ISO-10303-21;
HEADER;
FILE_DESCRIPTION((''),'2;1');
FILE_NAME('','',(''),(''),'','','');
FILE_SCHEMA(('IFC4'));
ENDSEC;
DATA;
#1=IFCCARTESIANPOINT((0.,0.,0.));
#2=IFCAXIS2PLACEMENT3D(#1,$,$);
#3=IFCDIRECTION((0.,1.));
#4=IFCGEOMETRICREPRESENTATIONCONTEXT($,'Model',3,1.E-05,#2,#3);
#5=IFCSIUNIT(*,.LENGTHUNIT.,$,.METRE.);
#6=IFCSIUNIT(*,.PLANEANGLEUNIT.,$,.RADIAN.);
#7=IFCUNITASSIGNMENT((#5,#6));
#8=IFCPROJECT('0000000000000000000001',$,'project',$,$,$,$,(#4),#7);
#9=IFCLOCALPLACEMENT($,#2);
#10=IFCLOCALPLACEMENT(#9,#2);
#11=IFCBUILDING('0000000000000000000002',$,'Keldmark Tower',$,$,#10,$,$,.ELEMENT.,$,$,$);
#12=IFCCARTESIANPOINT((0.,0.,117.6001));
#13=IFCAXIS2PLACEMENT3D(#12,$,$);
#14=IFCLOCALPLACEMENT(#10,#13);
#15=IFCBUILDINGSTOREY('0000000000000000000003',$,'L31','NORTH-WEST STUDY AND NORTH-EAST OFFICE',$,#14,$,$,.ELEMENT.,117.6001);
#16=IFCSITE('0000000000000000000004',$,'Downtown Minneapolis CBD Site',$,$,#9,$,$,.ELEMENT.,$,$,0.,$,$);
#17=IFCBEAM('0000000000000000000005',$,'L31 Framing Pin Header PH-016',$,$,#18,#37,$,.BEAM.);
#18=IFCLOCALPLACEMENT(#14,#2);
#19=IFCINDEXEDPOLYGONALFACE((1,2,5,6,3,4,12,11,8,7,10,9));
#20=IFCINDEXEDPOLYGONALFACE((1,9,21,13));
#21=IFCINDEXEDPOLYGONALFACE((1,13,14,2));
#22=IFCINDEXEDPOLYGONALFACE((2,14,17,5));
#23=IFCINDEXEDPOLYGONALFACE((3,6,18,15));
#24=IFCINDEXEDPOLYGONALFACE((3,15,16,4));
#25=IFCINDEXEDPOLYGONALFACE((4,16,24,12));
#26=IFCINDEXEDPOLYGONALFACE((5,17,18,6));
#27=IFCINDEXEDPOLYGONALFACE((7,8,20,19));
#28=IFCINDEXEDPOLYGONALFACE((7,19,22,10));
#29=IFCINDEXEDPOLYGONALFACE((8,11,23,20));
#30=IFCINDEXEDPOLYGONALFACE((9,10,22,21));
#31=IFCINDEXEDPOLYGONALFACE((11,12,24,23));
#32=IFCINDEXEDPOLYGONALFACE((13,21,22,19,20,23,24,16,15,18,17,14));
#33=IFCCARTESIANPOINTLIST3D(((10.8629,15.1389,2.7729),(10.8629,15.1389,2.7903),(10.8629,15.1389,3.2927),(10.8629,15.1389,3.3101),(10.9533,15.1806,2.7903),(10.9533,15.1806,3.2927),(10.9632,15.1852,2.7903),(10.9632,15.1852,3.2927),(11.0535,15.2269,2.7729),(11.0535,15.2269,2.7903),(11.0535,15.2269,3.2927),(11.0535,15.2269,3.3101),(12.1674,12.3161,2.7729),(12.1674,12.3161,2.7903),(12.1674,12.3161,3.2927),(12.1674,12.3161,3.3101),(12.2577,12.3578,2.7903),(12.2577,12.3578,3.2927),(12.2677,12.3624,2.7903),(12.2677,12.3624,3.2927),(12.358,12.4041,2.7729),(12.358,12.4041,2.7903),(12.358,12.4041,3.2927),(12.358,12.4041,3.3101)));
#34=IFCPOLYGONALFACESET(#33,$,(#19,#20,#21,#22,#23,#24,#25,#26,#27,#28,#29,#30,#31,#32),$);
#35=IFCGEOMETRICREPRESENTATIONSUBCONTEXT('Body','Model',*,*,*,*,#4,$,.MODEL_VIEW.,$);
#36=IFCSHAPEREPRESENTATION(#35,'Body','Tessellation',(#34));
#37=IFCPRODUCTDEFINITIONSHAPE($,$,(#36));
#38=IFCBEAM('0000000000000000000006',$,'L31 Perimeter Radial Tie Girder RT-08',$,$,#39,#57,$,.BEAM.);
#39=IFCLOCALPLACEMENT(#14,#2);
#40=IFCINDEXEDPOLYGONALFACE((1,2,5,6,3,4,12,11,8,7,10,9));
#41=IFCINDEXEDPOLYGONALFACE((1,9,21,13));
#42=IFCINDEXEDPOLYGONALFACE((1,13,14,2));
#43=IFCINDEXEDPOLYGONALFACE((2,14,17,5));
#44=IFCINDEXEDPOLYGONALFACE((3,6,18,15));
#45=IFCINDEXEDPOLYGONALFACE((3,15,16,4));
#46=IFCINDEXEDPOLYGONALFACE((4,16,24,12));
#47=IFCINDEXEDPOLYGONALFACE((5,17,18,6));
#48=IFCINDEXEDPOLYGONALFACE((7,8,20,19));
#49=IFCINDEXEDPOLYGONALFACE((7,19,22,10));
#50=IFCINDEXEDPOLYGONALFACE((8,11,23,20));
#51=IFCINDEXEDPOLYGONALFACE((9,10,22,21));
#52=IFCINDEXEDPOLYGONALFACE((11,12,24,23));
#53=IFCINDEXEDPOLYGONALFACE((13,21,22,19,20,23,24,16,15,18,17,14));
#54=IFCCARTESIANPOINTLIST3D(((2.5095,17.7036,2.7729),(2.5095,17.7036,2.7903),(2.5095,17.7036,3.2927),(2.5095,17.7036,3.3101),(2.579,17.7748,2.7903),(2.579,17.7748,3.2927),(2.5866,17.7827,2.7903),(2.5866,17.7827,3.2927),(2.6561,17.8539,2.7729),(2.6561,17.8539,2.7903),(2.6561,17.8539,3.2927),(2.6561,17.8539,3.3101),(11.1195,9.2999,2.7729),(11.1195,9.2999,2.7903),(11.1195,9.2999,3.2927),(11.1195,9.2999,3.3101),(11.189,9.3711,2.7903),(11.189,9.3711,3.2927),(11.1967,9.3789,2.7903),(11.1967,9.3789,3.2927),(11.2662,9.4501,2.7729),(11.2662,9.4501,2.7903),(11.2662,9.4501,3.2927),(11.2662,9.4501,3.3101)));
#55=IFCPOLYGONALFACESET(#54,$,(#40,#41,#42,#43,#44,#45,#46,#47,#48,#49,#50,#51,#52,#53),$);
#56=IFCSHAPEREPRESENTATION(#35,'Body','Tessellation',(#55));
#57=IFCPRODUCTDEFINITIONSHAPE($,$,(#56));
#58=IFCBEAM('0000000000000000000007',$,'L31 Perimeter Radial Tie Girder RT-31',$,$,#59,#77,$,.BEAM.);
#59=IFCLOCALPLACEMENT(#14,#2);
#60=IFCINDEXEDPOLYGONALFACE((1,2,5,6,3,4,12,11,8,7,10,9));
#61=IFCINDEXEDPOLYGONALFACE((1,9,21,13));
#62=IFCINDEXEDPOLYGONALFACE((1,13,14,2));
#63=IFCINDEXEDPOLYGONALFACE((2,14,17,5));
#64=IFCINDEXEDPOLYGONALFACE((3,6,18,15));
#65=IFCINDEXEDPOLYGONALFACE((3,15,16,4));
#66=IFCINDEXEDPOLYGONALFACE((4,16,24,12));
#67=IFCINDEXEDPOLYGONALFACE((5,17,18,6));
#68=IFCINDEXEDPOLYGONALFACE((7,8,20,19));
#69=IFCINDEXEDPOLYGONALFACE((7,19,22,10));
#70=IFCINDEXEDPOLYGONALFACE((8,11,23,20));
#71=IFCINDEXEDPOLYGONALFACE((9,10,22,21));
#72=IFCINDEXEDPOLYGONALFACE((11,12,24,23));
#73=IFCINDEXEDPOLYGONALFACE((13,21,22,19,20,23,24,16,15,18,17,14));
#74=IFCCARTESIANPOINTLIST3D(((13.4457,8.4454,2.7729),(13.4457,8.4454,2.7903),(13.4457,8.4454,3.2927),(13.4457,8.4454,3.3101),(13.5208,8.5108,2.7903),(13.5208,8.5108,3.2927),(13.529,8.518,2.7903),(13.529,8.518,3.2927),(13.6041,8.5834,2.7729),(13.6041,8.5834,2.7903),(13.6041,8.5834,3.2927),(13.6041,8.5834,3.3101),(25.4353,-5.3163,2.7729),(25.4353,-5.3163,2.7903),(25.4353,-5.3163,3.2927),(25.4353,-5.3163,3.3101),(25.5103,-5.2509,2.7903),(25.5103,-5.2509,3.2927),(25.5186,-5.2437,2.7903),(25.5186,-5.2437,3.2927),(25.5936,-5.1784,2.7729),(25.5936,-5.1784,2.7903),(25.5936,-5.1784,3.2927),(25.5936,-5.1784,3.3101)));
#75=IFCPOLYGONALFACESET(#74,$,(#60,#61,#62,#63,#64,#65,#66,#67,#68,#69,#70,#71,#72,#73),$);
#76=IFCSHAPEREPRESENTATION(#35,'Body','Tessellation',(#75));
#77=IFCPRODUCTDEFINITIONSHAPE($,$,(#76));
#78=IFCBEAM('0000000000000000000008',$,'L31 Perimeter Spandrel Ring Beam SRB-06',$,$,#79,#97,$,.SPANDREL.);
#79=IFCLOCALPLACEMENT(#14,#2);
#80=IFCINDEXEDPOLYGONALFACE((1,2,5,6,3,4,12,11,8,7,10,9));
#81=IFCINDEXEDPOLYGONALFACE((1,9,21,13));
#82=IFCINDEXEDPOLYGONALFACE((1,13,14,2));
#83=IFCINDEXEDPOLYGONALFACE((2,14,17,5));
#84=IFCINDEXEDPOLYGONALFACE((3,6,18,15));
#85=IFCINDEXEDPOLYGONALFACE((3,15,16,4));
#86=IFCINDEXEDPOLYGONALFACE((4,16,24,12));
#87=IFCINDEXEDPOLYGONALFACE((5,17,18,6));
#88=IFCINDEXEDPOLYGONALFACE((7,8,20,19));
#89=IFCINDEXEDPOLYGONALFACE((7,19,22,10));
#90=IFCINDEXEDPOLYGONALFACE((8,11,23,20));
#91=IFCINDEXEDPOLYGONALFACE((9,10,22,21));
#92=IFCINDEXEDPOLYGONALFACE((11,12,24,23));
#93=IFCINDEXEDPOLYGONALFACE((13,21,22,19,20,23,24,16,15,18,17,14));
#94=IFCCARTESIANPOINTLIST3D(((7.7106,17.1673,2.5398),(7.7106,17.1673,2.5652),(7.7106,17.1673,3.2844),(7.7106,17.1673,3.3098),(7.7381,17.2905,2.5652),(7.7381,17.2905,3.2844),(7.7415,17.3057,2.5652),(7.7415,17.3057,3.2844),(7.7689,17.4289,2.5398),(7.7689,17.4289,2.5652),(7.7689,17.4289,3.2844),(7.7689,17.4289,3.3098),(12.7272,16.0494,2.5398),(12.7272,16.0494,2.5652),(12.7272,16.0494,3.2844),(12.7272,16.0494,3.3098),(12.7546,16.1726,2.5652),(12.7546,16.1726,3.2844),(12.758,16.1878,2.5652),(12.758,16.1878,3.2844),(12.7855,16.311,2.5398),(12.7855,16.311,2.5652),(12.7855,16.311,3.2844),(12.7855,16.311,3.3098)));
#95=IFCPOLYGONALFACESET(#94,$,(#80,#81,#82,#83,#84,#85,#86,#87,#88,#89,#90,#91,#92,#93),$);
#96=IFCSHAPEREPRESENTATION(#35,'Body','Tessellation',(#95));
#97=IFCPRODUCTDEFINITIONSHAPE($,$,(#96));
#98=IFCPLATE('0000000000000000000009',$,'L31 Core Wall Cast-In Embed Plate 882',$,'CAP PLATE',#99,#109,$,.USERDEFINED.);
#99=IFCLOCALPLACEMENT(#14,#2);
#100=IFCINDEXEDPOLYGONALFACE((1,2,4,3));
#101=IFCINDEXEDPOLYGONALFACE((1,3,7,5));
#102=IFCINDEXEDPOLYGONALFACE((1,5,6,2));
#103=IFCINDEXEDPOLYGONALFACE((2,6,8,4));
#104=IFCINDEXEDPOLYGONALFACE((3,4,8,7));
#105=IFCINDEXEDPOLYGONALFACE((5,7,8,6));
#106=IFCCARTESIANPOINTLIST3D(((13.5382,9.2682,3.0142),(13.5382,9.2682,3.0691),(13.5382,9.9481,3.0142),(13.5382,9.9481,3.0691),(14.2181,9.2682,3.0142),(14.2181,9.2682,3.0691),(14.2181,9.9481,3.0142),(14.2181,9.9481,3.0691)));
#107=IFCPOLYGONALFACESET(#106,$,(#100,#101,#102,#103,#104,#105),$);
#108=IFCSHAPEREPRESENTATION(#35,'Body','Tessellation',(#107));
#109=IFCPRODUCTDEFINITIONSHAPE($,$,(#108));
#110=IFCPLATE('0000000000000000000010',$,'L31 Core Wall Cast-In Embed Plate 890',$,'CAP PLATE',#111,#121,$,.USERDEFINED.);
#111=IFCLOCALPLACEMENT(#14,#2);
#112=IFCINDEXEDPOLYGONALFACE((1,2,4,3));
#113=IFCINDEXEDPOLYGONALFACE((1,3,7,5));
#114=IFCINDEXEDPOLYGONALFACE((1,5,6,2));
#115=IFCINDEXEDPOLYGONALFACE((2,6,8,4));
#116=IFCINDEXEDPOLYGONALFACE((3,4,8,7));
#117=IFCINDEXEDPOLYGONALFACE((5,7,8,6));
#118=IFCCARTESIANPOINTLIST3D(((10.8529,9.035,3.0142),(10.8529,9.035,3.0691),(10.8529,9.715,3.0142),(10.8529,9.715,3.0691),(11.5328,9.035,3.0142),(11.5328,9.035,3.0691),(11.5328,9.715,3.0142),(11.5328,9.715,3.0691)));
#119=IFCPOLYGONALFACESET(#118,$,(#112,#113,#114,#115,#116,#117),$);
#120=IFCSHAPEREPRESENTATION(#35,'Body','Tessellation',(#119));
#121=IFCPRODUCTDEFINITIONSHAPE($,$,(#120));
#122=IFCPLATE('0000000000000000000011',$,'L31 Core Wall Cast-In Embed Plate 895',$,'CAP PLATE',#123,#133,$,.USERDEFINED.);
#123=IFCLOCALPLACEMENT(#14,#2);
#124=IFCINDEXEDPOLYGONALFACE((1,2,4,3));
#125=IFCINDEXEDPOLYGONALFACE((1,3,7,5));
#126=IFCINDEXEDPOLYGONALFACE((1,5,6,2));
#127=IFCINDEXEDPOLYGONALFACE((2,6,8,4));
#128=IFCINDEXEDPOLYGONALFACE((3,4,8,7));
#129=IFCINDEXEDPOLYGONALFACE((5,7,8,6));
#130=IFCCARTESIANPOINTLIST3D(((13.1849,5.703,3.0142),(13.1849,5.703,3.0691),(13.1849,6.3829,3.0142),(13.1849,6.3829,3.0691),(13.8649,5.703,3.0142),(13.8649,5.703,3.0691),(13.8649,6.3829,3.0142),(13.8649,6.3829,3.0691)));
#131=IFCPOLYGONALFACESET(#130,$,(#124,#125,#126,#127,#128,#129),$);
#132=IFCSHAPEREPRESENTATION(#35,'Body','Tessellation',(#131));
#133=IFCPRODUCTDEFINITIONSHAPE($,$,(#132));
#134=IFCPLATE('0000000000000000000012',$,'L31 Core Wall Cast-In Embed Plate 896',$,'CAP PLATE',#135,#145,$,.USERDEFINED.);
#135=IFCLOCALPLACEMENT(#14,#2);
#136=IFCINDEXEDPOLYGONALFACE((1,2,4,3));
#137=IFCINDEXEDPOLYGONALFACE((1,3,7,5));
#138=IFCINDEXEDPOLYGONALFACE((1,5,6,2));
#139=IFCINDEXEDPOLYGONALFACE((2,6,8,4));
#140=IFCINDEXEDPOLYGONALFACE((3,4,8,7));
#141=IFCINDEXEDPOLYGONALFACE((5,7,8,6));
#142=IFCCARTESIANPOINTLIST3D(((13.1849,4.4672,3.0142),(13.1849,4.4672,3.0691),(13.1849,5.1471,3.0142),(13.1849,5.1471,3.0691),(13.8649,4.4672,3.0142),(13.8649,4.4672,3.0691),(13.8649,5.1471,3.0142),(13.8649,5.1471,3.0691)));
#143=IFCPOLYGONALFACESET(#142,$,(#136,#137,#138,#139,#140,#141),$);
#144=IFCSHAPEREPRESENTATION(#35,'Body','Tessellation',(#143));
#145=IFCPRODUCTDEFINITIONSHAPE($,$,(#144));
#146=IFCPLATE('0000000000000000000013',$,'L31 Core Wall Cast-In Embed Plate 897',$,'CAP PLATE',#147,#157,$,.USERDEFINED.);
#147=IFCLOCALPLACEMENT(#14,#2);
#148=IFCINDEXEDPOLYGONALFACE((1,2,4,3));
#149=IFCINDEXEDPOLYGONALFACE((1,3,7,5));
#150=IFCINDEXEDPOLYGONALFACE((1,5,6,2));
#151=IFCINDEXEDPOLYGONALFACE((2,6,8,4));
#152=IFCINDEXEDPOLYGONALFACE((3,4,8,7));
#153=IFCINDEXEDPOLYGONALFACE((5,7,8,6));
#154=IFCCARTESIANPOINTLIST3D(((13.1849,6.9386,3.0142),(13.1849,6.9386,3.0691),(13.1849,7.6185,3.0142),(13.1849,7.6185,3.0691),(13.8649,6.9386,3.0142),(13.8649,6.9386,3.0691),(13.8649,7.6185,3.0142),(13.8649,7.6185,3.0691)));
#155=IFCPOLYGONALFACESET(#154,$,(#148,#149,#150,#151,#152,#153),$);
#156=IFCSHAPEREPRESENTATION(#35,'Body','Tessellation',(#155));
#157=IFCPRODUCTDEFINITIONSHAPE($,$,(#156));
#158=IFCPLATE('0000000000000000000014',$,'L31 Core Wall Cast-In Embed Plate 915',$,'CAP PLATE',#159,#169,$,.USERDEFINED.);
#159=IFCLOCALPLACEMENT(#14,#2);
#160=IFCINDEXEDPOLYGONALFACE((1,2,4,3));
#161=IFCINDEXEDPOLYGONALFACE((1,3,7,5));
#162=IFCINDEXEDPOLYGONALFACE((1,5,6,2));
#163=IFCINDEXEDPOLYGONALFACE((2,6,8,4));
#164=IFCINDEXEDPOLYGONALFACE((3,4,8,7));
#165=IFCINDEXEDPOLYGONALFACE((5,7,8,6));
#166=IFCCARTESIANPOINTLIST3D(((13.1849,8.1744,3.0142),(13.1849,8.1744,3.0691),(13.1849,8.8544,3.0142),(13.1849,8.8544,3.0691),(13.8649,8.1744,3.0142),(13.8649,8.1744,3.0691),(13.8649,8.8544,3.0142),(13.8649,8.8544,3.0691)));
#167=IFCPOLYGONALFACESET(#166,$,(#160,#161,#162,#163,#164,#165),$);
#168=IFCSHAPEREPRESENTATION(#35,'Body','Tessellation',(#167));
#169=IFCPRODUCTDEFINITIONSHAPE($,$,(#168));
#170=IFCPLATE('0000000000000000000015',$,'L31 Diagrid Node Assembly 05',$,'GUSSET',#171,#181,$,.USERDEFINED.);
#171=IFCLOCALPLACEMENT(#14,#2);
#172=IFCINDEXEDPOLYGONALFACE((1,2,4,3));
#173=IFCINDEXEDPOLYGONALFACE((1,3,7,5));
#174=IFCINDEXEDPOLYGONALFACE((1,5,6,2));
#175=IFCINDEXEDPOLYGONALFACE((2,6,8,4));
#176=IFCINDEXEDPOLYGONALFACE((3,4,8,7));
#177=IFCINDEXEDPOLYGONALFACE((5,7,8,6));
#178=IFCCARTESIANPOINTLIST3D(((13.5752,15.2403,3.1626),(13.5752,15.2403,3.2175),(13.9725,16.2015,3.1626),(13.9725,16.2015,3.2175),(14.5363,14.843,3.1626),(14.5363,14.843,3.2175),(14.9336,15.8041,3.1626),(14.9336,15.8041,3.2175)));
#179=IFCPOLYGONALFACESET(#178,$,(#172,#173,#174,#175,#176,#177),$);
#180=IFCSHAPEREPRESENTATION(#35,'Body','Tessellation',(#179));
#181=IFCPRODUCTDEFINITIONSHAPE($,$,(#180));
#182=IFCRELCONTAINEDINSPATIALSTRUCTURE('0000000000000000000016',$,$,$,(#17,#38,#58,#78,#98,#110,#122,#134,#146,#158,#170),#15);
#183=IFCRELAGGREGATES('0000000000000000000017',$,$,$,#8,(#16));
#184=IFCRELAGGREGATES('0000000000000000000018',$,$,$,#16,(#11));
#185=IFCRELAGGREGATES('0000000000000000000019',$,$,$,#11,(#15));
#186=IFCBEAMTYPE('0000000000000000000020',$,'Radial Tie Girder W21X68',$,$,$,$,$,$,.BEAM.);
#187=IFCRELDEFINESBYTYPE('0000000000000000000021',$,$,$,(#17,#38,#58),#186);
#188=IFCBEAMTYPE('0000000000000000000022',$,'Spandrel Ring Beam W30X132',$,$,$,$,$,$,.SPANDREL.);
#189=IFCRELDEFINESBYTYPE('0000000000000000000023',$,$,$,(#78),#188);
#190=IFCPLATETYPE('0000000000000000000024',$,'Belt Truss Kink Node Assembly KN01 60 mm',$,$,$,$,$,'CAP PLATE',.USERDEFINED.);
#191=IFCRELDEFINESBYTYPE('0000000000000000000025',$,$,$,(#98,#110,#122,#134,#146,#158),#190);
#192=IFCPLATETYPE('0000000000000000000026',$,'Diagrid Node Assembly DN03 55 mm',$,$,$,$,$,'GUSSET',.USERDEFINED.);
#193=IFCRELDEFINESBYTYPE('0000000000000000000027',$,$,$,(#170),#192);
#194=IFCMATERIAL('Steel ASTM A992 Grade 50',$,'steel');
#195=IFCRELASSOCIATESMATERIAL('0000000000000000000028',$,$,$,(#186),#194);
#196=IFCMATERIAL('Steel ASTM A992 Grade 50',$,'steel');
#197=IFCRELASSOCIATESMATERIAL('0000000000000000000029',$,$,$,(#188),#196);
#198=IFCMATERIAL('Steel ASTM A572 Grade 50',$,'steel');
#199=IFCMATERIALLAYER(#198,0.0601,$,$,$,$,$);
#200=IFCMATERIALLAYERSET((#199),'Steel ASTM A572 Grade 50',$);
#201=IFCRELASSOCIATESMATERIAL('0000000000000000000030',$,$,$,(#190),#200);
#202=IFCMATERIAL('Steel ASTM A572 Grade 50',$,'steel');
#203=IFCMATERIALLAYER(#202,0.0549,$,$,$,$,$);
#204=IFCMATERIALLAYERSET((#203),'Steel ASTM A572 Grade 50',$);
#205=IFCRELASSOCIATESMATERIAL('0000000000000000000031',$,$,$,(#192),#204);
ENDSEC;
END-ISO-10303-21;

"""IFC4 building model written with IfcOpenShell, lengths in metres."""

from ifc_helpers import new_model, si_unit, direction, frame, origin, origin_2d, place, context, subcontext, project, spatial, rectangle, i_section, extrude, material, layer, layer_set, material_profile, profile_set, type_object, element, save


model = new_model("IFC4")

# Units and contexts
model_context = context("Model", 3, precision=1e-05, world=origin(), true_north=direction((0.0, 1.0)))
body_context = subcontext(model_context, "Body", "Model", "MODEL_VIEW")
ifc_project = project(units=[si_unit("LENGTHUNIT", "METRE"), si_unit("PLANEANGLEUNIT", "RADIAN")], contexts=[model_context])

# Site, building, storey
site_placement = place(None, origin())
site = spatial("IfcSite", under=ifc_project, at=site_placement, Name="Downtown Minneapolis CBD Site", CompositionType="ELEMENT", RefElevation=0.0)
building_placement = place(site_placement, origin())
building = spatial("IfcBuilding", under=site, at=building_placement, Name="Keldmark Tower", CompositionType="ELEMENT")
storey_placement = place(building_placement, frame((0.0, 0.0, 117.6001)))
storey = spatial("IfcBuildingStorey", under=building, at=storey_placement, Name="L31", Description="NORTH-WEST STUDY AND NORTH-EAST OFFICE", CompositionType="ELEMENT", Elevation=117.6001)

# Beams
ifc_material_1 = material(Name="Steel ASTM A992 Grade 50", Category="steel")
ifc_material_profile_1 = material_profile(ifc_material_1, i_section(OverallWidth=0.21, OverallDepth=0.5371, WebThickness=0.011, FlangeThickness=0.0173, at=origin_2d()), Name="W21X68")
ifc_profile_set_1 = profile_set([ifc_material_profile_1], Name="Steel ASTM A992 Grade 50")
beam_type_1 = type_object("IfcBeamType", Name="Radial Tie Girder W21X68", PredefinedType="BEAM", material=ifc_profile_set_1)
beam_1_placement = place(storey_placement, frame((12.2627, 12.3601, 3.0415), z_axis=(-0.419491, 0.907759, 0.0), x_axis=(-0.907759, -0.419491, 0.0)))
element("IfcBeam", 1, at=beam_1_placement, inside=storey, type_object=beam_type_1, Name="L31 Framing Pin Header PH-016", PredefinedType="BEAM", context=body_context, shape_type="SweptSolid", body=[
    extrude(i_section(OverallWidth=0.21, OverallDepth=0.5371, WebThickness=0.011, FlangeThickness=0.0173, at=origin_2d()), origin(), (0.0, 0.0, 1.0), 3.1096),
])
beam_2_placement = place(storey_placement, frame((11.1929, 9.375, 3.0415), z_axis=(-0.715628, 0.698482, 0.0), x_axis=(-0.698482, -0.715628, 0.0)))
element("IfcBeam", 2, at=beam_2_placement, inside=storey, type_object=beam_type_1, Name="L31 Perimeter Radial Tie Girder RT-08", PredefinedType="BEAM", context=body_context, shape_type="SweptSolid", body=[
    extrude(i_section(OverallWidth=0.21, OverallDepth=0.5371, WebThickness=0.011, FlangeThickness=0.0173, at=origin_2d()), origin(), (0.0, 0.0, 1.0), 12.0315),
])
beam_3_placement = place(storey_placement, frame((13.5249, 8.5144, 3.0415), z_axis=(0.656889, -0.753987, 0.0), x_axis=(0.753987, 0.656889, 0.0)))
element("IfcBeam", 3, at=beam_3_placement, inside=storey, type_object=beam_type_1, Name="L31 Perimeter Radial Tie Girder RT-31", PredefinedType="BEAM", context=body_context, shape_type="SweptSolid", body=[
    extrude(i_section(OverallWidth=0.21, OverallDepth=0.5371, WebThickness=0.011, FlangeThickness=0.0173, at=origin_2d()), origin(), (0.0, 0.0, 1.0), 18.252),
])
ifc_material_2 = material(Name="Steel ASTM A992 Grade 50", Category="steel")
ifc_material_profile_2 = material_profile(ifc_material_2, i_section(OverallWidth=0.2681, OverallDepth=0.77, WebThickness=0.0156, FlangeThickness=0.0254, at=origin_2d()), Name="W30X132")
ifc_profile_set_2 = profile_set([ifc_material_profile_2], Name="Steel ASTM A992 Grade 50")
beam_type_2 = type_object("IfcBeamType", Name="Spandrel Ring Beam W30X132", PredefinedType="SPANDREL", material=ifc_profile_set_2)
beam_4_placement = place(storey_placement, frame((12.7563, 16.1802, 2.9248), z_axis=(-0.976058, 0.217509, 0.0), x_axis=(-0.217509, -0.976058, 0.0)))
element("IfcBeam", 4, at=beam_4_placement, inside=storey, type_object=beam_type_2, Name="L31 Perimeter Spandrel Ring Beam SRB-06", PredefinedType="SPANDREL", context=body_context, shape_type="SweptSolid", body=[
    extrude(i_section(OverallWidth=0.2681, OverallDepth=0.77, WebThickness=0.0156, FlangeThickness=0.0254, at=origin_2d()), origin(), (0.0, 0.0, 1.0), 5.1396),
])

# Plates
ifc_material_3 = material(Name="Steel ASTM A572 Grade 50", Category="steel")
ifc_layer_1 = layer(ifc_material_3, 0.0601)
ifc_layer_set_1 = layer_set([ifc_layer_1], Name="Steel ASTM A572 Grade 50")
plate_type_1 = type_object("IfcPlateType", Name="Belt Truss Kink Node Assembly KN01 60 mm", ElementType="CAP PLATE", PredefinedType="USERDEFINED", material=ifc_layer_set_1)
for number, where, z_axis, x_axis, name in (
    (5, (13.8782, 9.6082, 3.0142), (0.0, 0.0, 1.0), (1.0, 0.0, 0.0), "L31 Core Wall Cast-In Embed Plate 882"),
    (6, (11.1929, 9.375, 3.0142), (0.0, 0.0, 1.0), (1.0, 0.0, 0.0), "L31 Core Wall Cast-In Embed Plate 890"),
    (7, (13.5249, 6.043, 3.0142), (0.0, 0.0, 1.0), (1.0, 0.0, 0.0), "L31 Core Wall Cast-In Embed Plate 895"),
    (8, (13.5249, 4.8071, 3.0142), (0.0, 0.0, 1.0), (1.0, 0.0, 0.0), "L31 Core Wall Cast-In Embed Plate 896"),
    (9, (13.5249, 7.2786, 3.0142), (0.0, 0.0, 1.0), (1.0, 0.0, 0.0), "L31 Core Wall Cast-In Embed Plate 897"),
    (10, (13.5249, 8.5144, 3.0142), (0.0, 0.0, 1.0), (1.0, 0.0, 0.0), "L31 Core Wall Cast-In Embed Plate 915"),
):
    element("IfcPlate", number, at=place(storey_placement, frame(where, z_axis=z_axis, x_axis=x_axis)), inside=storey, type_object=plate_type_1, Name=name, ObjectType="CAP PLATE", PredefinedType="USERDEFINED", context=body_context, shape_type="SweptSolid", body=[
        extrude(rectangle(XDim=0.6799, YDim=0.6799, at=origin_2d()), origin(), (0.0, 0.0, 1.0), 0.0549),
    ])
ifc_material_4 = material(Name="Steel ASTM A572 Grade 50", Category="steel")
ifc_layer_2 = layer(ifc_material_4, 0.0549)
ifc_layer_set_2 = layer_set([ifc_layer_2], Name="Steel ASTM A572 Grade 50")
plate_type_2 = type_object("IfcPlateType", Name="Diagrid Node Assembly DN03 55 mm", ElementType="GUSSET", PredefinedType="USERDEFINED", material=ifc_layer_set_2)
plate_placement = place(storey_placement, frame((14.2544, 15.5222, 3.1626), z_axis=(0.0, 0.0, 1.0), x_axis=(-0.924146, 0.382038, 0.0)))
element("IfcPlate", 11, at=plate_placement, inside=storey, type_object=plate_type_2, Name="L31 Diagrid Node Assembly 05", ObjectType="GUSSET", PredefinedType="USERDEFINED", context=body_context, shape_type="SweptSolid", body=[
    extrude(rectangle(XDim=1.04, YDim=1.04, at=origin_2d()), origin(), (0.0, 0.0, 1.0), 0.0549),
])

save(model, "model.ifc")
